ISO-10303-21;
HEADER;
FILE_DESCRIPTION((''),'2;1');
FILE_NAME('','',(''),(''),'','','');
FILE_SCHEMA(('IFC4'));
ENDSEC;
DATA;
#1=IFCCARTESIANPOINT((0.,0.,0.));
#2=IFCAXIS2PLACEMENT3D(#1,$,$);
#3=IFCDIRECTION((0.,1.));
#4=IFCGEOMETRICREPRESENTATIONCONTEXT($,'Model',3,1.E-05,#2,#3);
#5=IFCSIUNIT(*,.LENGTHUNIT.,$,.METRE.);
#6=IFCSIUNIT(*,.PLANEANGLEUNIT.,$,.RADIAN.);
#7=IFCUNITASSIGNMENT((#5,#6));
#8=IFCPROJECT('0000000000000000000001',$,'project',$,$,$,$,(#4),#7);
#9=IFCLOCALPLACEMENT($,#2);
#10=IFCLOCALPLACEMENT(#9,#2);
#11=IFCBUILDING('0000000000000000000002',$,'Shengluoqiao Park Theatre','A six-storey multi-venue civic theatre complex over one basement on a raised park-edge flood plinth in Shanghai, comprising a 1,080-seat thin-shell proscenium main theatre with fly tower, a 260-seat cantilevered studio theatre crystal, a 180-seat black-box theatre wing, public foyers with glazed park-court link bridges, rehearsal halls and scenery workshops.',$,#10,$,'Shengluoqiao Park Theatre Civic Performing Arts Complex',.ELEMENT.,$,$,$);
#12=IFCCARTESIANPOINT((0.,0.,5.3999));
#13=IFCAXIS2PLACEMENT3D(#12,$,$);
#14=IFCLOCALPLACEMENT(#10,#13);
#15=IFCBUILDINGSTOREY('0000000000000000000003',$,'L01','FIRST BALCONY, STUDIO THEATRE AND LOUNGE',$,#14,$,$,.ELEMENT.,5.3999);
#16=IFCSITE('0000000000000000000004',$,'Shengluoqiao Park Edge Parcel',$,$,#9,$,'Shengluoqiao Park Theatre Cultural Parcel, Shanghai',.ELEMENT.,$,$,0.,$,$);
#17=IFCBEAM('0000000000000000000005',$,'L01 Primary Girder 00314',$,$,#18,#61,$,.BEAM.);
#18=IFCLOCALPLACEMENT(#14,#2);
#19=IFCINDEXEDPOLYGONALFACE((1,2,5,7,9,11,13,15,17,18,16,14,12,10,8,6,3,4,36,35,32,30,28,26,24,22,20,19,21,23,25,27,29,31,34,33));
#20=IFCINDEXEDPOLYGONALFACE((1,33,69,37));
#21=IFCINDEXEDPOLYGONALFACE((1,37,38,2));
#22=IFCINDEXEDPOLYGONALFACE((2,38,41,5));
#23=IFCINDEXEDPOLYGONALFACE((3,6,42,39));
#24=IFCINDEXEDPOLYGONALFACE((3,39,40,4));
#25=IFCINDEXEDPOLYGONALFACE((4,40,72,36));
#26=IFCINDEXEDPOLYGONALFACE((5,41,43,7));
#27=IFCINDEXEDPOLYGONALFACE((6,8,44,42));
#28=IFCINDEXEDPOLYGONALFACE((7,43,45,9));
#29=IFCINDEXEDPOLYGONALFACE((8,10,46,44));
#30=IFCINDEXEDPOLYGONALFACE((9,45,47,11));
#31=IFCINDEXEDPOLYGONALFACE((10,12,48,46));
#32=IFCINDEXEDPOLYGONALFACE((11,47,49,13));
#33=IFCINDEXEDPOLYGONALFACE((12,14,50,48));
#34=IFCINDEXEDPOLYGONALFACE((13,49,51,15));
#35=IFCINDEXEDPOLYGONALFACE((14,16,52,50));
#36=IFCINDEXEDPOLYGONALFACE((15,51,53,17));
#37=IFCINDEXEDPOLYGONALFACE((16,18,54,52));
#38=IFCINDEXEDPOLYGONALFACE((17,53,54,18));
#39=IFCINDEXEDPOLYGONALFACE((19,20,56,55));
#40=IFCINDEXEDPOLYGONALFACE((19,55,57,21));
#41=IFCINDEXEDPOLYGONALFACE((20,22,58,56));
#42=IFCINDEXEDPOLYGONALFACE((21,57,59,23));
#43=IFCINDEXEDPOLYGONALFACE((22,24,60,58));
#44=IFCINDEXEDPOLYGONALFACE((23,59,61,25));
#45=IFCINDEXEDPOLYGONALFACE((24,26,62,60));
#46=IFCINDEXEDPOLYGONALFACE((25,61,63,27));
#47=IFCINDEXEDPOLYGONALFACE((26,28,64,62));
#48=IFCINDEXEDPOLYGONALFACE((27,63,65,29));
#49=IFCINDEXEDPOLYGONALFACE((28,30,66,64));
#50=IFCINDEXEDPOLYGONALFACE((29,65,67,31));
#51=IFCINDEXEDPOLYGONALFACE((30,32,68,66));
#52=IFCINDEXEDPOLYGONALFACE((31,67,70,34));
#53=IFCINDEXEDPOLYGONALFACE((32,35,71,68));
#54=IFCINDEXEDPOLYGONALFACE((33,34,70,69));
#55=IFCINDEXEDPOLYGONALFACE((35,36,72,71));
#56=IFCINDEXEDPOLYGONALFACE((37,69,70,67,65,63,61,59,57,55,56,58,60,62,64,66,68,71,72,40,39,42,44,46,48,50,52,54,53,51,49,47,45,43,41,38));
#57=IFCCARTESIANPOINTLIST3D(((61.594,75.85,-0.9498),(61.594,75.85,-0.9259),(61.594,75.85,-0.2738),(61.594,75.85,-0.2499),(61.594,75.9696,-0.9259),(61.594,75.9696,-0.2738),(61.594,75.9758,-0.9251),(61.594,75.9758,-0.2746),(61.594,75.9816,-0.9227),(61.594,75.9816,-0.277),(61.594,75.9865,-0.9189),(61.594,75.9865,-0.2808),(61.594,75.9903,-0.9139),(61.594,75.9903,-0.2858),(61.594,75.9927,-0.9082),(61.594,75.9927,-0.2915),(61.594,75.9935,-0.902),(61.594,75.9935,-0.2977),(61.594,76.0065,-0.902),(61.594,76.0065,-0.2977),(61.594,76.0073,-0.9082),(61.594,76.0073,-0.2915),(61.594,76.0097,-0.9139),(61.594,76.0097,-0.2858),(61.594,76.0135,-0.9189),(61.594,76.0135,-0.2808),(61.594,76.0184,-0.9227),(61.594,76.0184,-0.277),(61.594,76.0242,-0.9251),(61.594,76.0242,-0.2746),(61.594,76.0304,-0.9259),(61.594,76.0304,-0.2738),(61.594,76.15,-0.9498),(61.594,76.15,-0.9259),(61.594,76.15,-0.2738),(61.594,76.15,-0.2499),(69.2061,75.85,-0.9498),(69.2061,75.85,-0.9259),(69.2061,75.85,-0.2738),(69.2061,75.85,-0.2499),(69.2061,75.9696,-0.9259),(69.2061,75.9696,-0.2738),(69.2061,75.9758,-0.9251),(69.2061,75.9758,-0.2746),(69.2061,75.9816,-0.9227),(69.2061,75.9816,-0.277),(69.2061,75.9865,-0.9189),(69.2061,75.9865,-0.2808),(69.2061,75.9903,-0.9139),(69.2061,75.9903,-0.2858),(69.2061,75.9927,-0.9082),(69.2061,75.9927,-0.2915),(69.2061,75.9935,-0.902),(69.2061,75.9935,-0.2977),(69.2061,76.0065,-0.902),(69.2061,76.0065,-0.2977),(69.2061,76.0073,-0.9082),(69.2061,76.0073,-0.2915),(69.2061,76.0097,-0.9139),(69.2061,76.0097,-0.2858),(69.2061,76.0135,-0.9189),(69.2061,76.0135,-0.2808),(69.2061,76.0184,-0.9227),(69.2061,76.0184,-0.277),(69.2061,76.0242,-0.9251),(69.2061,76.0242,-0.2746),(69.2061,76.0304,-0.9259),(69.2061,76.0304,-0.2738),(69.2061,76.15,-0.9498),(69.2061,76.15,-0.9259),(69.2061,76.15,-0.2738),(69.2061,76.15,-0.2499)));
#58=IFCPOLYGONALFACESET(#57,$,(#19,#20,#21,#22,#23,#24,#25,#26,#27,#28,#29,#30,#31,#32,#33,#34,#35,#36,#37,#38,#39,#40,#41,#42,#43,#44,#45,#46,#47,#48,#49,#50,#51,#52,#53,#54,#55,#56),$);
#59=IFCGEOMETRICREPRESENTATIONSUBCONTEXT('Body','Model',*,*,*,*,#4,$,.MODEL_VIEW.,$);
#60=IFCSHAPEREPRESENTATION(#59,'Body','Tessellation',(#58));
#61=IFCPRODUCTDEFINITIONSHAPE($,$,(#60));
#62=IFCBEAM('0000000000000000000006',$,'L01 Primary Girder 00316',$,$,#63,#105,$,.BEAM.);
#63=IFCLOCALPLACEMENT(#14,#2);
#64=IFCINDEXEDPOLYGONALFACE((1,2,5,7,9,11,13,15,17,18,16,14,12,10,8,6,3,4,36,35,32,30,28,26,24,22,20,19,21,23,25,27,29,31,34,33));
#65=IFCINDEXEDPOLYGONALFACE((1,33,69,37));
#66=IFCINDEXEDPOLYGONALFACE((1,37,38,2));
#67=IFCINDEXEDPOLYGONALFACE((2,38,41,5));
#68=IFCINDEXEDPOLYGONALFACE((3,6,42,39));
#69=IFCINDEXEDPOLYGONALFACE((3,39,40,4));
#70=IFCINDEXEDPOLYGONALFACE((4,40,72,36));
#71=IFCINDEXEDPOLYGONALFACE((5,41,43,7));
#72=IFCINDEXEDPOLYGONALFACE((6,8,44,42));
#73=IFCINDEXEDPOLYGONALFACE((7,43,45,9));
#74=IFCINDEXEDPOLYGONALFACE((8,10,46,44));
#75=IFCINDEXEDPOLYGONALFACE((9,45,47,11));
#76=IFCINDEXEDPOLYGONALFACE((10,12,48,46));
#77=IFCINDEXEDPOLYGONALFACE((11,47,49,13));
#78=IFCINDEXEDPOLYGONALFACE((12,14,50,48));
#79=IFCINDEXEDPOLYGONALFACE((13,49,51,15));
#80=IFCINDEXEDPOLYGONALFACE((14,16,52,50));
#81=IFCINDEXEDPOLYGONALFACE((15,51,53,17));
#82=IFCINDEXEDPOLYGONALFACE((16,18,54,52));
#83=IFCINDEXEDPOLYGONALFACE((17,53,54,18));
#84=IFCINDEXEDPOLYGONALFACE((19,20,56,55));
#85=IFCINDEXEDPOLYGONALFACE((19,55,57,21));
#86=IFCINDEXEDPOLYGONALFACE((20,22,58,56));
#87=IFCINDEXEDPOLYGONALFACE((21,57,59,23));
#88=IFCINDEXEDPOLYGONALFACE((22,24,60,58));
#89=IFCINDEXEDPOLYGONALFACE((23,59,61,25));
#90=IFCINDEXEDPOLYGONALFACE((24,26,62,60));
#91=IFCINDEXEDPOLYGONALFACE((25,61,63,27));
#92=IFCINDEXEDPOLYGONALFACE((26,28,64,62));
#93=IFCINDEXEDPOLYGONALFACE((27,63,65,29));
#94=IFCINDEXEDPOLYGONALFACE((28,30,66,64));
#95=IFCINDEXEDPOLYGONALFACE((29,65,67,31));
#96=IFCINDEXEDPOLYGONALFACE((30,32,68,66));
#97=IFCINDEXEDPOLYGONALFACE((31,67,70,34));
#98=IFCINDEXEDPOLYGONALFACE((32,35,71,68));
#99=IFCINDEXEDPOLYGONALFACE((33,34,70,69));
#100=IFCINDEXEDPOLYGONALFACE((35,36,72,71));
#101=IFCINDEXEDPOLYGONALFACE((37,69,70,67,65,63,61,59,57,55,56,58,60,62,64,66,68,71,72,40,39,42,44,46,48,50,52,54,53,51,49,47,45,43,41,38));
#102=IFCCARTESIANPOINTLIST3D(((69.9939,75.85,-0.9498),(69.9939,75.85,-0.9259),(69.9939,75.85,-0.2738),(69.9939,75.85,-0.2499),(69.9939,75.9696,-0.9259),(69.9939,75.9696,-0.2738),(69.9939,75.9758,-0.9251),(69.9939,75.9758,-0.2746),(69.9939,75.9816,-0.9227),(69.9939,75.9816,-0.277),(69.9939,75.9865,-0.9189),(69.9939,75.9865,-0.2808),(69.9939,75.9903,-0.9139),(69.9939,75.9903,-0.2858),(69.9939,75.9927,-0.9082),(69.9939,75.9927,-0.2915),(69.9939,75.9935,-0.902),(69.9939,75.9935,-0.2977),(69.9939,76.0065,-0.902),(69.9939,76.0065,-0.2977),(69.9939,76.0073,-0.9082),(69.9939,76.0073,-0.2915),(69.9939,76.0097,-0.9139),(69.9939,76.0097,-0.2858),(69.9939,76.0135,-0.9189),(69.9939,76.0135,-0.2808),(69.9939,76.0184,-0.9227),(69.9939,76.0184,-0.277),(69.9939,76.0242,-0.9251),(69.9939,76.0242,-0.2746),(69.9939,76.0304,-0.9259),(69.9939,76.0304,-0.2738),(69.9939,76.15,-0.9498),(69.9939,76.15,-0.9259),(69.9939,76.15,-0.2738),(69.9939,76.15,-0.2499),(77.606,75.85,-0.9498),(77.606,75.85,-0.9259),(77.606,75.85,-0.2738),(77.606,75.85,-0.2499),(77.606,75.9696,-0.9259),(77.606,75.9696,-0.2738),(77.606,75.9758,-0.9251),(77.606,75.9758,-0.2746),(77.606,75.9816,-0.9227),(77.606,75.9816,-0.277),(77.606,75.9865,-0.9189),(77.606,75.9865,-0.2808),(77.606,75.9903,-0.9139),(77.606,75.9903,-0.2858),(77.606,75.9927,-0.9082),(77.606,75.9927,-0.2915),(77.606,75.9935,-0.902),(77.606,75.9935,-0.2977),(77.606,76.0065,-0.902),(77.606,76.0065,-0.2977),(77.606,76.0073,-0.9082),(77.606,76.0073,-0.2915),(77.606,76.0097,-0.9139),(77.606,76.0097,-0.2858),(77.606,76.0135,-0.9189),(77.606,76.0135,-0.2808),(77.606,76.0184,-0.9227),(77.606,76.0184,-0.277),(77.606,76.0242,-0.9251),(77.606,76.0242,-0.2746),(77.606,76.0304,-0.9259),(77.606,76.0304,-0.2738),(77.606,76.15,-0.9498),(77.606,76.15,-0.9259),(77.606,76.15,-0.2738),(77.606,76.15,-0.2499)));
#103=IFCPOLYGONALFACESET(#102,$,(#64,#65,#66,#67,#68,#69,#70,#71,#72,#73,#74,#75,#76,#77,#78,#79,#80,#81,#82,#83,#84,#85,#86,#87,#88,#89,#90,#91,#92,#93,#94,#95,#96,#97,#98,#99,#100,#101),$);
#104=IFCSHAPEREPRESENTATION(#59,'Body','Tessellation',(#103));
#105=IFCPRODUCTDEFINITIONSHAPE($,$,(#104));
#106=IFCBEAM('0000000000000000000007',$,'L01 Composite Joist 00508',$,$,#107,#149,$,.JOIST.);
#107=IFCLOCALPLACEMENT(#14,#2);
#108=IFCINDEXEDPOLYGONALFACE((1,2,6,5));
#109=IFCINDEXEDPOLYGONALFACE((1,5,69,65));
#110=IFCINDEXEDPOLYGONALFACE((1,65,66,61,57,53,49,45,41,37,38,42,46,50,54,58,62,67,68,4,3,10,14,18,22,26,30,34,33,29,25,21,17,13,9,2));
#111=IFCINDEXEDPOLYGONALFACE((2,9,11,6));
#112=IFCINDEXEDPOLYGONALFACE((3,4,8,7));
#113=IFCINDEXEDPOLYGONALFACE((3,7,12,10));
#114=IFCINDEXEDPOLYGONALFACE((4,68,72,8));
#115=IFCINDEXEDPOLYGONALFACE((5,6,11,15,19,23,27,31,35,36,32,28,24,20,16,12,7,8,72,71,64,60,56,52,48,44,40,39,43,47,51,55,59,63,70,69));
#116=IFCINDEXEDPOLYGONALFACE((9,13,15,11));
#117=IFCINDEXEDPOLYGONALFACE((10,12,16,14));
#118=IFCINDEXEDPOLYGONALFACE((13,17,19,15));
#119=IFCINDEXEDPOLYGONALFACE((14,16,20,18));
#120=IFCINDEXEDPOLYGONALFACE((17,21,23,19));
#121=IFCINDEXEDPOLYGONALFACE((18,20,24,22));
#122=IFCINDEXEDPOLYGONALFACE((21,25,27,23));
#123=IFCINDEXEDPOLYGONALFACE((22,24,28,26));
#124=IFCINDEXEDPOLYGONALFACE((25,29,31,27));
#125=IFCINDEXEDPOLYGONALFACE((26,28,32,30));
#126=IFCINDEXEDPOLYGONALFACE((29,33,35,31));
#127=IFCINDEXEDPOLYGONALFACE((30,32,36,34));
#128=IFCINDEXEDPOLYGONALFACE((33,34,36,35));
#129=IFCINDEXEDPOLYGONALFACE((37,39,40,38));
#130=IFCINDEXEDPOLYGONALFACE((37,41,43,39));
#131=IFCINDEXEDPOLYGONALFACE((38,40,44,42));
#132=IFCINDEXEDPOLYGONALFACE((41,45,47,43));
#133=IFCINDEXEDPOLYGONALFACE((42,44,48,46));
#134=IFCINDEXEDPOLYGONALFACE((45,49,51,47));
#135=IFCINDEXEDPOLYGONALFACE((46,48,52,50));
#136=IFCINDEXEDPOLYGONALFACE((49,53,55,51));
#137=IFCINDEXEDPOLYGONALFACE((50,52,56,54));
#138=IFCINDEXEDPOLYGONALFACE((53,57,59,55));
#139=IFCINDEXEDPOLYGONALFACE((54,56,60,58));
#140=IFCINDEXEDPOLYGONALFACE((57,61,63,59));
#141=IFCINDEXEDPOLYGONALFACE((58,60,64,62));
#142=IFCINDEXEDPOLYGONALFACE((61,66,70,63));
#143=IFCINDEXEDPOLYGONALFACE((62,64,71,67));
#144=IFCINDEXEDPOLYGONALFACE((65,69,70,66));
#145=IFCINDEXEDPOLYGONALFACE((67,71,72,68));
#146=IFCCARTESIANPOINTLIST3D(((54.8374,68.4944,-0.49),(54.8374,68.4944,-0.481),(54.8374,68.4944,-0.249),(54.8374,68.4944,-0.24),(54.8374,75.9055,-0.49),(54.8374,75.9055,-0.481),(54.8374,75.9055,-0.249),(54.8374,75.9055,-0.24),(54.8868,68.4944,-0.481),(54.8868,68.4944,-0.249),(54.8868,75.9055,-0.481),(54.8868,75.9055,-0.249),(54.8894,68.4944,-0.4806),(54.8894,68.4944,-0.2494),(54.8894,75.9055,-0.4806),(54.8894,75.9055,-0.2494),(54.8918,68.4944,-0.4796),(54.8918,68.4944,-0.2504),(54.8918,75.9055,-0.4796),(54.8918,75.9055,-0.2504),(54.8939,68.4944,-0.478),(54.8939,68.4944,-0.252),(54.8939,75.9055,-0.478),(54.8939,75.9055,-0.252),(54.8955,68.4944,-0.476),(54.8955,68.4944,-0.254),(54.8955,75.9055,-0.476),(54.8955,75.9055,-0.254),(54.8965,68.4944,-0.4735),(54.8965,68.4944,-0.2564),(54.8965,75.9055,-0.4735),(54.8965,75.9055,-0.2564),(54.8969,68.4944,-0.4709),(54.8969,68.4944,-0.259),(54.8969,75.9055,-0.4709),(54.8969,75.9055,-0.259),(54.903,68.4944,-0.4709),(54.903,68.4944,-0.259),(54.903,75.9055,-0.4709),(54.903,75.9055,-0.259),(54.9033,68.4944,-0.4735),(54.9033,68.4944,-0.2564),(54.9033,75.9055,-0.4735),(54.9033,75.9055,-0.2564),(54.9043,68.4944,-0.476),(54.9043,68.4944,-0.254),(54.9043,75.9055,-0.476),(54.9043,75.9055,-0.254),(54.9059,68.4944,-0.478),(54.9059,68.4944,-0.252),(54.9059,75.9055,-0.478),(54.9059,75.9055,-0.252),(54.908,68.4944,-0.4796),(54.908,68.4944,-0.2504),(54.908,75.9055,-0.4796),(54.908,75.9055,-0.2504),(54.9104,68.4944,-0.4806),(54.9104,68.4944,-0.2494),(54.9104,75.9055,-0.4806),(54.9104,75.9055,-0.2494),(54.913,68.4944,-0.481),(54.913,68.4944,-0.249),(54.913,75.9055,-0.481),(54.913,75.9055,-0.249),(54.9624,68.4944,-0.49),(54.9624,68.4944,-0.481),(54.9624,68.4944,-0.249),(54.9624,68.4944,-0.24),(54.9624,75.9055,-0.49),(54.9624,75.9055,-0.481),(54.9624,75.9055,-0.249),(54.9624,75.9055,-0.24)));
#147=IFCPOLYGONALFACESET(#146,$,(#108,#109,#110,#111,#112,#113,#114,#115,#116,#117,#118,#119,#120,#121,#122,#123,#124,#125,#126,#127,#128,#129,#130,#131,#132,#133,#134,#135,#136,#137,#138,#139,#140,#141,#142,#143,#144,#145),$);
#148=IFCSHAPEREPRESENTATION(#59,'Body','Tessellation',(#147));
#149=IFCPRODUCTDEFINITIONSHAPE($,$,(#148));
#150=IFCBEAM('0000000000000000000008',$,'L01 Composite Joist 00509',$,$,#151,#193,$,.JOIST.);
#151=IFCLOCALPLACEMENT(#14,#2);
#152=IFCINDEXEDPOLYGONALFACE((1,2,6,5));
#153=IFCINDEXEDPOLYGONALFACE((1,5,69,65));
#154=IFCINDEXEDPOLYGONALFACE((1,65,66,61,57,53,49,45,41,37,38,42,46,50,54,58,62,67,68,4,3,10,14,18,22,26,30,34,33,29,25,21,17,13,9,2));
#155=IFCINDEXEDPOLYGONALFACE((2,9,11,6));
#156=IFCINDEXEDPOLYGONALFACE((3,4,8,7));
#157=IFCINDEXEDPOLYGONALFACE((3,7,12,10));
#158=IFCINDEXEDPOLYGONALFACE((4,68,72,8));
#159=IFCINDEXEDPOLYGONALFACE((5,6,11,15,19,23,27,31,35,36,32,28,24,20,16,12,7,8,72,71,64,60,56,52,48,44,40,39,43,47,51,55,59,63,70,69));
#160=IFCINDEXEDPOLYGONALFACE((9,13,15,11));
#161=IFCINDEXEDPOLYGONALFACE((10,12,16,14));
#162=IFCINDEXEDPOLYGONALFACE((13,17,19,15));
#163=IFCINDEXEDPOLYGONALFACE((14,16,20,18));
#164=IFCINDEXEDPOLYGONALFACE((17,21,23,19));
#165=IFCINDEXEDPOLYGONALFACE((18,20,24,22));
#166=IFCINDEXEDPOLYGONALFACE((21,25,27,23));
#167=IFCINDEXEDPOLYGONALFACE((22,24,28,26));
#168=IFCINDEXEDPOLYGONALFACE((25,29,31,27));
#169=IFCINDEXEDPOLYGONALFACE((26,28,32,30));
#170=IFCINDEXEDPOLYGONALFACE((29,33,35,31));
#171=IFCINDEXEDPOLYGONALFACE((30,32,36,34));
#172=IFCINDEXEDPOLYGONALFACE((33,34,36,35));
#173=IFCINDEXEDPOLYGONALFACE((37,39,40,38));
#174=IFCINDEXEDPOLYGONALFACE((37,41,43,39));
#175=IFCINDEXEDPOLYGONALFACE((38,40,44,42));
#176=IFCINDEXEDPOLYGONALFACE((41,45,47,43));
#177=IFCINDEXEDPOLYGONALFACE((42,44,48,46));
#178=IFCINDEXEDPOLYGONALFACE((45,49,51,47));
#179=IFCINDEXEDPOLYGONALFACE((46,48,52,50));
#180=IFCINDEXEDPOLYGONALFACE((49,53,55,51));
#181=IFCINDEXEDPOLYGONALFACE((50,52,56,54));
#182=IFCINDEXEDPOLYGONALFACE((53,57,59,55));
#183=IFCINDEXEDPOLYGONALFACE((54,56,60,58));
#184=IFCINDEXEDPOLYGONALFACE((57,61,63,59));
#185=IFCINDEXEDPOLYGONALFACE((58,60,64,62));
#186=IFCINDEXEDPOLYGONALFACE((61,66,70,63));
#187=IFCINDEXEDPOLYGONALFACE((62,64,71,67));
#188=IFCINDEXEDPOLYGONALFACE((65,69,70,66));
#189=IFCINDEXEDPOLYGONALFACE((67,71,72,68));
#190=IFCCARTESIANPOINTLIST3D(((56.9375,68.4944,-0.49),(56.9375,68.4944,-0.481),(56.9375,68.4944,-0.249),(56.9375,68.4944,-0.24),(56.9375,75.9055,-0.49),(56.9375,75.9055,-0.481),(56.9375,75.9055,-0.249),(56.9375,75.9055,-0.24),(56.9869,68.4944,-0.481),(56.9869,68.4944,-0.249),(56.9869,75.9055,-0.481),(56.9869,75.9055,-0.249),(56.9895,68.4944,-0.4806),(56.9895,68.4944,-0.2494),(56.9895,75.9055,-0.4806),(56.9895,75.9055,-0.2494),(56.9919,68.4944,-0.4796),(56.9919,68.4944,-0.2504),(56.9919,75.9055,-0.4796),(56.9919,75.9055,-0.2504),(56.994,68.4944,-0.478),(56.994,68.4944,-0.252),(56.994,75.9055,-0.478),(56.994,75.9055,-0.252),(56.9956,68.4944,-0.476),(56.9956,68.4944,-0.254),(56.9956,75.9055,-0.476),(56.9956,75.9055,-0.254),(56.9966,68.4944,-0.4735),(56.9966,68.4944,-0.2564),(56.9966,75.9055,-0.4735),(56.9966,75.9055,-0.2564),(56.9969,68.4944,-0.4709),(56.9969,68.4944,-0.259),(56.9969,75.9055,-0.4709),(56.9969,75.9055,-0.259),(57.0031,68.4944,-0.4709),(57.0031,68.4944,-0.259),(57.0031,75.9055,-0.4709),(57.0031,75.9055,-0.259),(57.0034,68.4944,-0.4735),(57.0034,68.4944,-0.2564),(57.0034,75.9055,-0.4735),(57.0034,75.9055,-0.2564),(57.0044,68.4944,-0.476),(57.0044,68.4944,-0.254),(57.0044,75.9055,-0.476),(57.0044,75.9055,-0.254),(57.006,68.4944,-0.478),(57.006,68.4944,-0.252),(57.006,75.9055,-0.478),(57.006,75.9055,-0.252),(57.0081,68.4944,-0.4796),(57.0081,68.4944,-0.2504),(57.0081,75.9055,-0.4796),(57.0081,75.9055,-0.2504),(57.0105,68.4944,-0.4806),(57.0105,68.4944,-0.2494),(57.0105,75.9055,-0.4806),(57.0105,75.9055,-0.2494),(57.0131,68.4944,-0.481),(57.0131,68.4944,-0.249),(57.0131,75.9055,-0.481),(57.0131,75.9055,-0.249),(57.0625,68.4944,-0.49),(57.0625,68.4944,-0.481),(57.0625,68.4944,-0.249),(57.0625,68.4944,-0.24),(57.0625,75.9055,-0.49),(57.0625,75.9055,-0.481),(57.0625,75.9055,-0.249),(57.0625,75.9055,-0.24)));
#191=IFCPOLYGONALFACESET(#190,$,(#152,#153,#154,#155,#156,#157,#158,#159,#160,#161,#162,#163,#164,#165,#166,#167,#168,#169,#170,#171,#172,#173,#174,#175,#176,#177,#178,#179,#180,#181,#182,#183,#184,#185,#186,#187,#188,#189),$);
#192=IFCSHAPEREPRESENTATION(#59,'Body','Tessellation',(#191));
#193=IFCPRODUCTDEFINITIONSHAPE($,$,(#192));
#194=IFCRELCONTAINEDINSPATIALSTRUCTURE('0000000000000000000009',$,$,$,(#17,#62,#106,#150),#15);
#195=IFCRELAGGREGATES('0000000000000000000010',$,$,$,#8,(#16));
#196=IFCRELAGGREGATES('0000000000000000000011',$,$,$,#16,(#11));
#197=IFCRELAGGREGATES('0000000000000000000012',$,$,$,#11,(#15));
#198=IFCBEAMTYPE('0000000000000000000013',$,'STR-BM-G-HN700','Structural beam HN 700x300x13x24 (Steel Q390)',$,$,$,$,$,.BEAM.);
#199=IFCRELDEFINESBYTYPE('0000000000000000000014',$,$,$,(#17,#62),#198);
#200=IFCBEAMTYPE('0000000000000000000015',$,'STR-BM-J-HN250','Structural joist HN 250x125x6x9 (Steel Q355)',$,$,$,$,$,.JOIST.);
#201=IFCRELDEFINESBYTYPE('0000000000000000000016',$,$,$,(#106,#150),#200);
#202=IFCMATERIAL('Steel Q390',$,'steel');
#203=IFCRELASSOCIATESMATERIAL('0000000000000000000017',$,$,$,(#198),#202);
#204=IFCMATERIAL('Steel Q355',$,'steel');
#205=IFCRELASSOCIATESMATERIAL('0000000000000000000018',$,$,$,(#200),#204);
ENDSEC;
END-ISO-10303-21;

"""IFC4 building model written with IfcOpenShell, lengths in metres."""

from ifc_helpers import new_model, si_unit, direction, frame, origin, origin_2d, place, context, subcontext, project, spatial, i_section, extrude, material, material_profile, profile_set, type_object, element, save


model = new_model("IFC4")

# Units and contexts
model_context = context("Model", 3, precision=1e-05, world=origin(), true_north=direction((0.0, 1.0)))
body_context = subcontext(model_context, "Body", "Model", "MODEL_VIEW")
ifc_project = project(units=[si_unit("LENGTHUNIT", "METRE"), si_unit("PLANEANGLEUNIT", "RADIAN")], contexts=[model_context])

# Site, building, storey
site_placement = place(None, origin())
site = spatial("IfcSite", under=ifc_project, at=site_placement, Name="Shengluoqiao Park Edge Parcel", LongName="Shengluoqiao Park Theatre Cultural Parcel, Shanghai", CompositionType="ELEMENT", RefElevation=0.0)
building_placement = place(site_placement, origin())
building = spatial("IfcBuilding", under=site, at=building_placement, Name="Shengluoqiao Park Theatre", Description="A six-storey multi-venue civic theatre complex over one basement on a raised park-edge flood plinth in Shanghai, comprising a 1,080-seat thin-shell proscenium main theatre with fly tower, a 260-seat cantilevered studio theatre crystal, a 180-seat black-box theatre wing, public foyers with glazed park-court link bridges, rehearsal halls and scenery workshops.", LongName="Shengluoqiao Park Theatre Civic Performing Arts Complex", CompositionType="ELEMENT")
storey_placement = place(building_placement, frame((0.0, 0.0, 5.3999)))
storey = spatial("IfcBuildingStorey", under=building, at=storey_placement, Name="L01", Description="FIRST BALCONY, STUDIO THEATRE AND LOUNGE", CompositionType="ELEMENT", Elevation=5.3999)

# Beams
ifc_material_1 = material(Name="Steel Q355", Category="steel")
ifc_material_2 = material(Name="Steel Q390", Category="steel")
ifc_material_profile_1 = material_profile(ifc_material_2, i_section(OverallWidth=0.3, OverallDepth=0.7, WebThickness=0.0129, FlangeThickness=0.0239, FilletRadius=0.0239, at=origin_2d()), Name="HN 700x300x13x24")
ifc_profile_set_1 = profile_set([ifc_material_profile_1], Name="Steel Q390")
beam_type_1 = type_object("IfcBeamType", Name="STR-BM-G-HN700", Description="Structural beam HN 700x300x13x24 (Steel Q390)", PredefinedType="BEAM", material=ifc_profile_set_1)
for number, where, z_axis, x_axis, name in (
    (1, (61.594, 76.0, -0.5999), (1.0, 0.0, 0.0), (0.0, 1.0, 0.0), "L01 Primary Girder 00314"),
    (2, (69.9939, 76.0, -0.5999), (1.0, 0.0, 0.0), (0.0, 1.0, 0.0), "L01 Primary Girder 00316"),
):
    element("IfcBeam", number, at=place(storey_placement, frame(where, z_axis=z_axis, x_axis=x_axis)), inside=storey, type_object=beam_type_1, Name=name, PredefinedType="BEAM", context=body_context, shape_type="SweptSolid", body=[
        extrude(i_section(OverallWidth=0.3, OverallDepth=0.7, WebThickness=0.0129, FlangeThickness=0.0239, FilletRadius=0.0239, at=origin_2d()), origin(), (0.0, 0.0, 1.0), 7.6121),
    ])
ifc_material_profile_2 = material_profile(ifc_material_1, i_section(OverallWidth=0.125, OverallDepth=0.25, WebThickness=0.0061, FlangeThickness=0.009, FilletRadius=0.01, at=origin_2d()), Name="HN 250x125x6x9")
ifc_profile_set_2 = profile_set([ifc_material_profile_2], Name="Steel Q355")
beam_type_2 = type_object("IfcBeamType", Name="STR-BM-J-HN250", Description="Structural joist HN 250x125x6x9 (Steel Q355)", PredefinedType="JOIST", material=ifc_profile_set_2)
for number, where, z_axis, x_axis, name in (
    (3, (54.8999, 68.4944, -0.365), (0.0, 1.0, 0.0), (-1.0, 0.0, 0.0), "L01 Composite Joist 00508"),
    (4, (57.0, 68.4944, -0.365), (0.0, 1.0, 0.0), (-1.0, 0.0, 0.0), "L01 Composite Joist 00509"),
):
    element("IfcBeam", number, at=place(storey_placement, frame(where, z_axis=z_axis, x_axis=x_axis)), inside=storey, type_object=beam_type_2, Name=name, PredefinedType="JOIST", context=body_context, shape_type="SweptSolid", body=[
        extrude(i_section(OverallWidth=0.125, OverallDepth=0.25, WebThickness=0.0061, FlangeThickness=0.009, FilletRadius=0.01, at=origin_2d()), origin(), (0.0, 0.0, 1.0), 7.4111),
    ])

save(model, "model.ifc")
